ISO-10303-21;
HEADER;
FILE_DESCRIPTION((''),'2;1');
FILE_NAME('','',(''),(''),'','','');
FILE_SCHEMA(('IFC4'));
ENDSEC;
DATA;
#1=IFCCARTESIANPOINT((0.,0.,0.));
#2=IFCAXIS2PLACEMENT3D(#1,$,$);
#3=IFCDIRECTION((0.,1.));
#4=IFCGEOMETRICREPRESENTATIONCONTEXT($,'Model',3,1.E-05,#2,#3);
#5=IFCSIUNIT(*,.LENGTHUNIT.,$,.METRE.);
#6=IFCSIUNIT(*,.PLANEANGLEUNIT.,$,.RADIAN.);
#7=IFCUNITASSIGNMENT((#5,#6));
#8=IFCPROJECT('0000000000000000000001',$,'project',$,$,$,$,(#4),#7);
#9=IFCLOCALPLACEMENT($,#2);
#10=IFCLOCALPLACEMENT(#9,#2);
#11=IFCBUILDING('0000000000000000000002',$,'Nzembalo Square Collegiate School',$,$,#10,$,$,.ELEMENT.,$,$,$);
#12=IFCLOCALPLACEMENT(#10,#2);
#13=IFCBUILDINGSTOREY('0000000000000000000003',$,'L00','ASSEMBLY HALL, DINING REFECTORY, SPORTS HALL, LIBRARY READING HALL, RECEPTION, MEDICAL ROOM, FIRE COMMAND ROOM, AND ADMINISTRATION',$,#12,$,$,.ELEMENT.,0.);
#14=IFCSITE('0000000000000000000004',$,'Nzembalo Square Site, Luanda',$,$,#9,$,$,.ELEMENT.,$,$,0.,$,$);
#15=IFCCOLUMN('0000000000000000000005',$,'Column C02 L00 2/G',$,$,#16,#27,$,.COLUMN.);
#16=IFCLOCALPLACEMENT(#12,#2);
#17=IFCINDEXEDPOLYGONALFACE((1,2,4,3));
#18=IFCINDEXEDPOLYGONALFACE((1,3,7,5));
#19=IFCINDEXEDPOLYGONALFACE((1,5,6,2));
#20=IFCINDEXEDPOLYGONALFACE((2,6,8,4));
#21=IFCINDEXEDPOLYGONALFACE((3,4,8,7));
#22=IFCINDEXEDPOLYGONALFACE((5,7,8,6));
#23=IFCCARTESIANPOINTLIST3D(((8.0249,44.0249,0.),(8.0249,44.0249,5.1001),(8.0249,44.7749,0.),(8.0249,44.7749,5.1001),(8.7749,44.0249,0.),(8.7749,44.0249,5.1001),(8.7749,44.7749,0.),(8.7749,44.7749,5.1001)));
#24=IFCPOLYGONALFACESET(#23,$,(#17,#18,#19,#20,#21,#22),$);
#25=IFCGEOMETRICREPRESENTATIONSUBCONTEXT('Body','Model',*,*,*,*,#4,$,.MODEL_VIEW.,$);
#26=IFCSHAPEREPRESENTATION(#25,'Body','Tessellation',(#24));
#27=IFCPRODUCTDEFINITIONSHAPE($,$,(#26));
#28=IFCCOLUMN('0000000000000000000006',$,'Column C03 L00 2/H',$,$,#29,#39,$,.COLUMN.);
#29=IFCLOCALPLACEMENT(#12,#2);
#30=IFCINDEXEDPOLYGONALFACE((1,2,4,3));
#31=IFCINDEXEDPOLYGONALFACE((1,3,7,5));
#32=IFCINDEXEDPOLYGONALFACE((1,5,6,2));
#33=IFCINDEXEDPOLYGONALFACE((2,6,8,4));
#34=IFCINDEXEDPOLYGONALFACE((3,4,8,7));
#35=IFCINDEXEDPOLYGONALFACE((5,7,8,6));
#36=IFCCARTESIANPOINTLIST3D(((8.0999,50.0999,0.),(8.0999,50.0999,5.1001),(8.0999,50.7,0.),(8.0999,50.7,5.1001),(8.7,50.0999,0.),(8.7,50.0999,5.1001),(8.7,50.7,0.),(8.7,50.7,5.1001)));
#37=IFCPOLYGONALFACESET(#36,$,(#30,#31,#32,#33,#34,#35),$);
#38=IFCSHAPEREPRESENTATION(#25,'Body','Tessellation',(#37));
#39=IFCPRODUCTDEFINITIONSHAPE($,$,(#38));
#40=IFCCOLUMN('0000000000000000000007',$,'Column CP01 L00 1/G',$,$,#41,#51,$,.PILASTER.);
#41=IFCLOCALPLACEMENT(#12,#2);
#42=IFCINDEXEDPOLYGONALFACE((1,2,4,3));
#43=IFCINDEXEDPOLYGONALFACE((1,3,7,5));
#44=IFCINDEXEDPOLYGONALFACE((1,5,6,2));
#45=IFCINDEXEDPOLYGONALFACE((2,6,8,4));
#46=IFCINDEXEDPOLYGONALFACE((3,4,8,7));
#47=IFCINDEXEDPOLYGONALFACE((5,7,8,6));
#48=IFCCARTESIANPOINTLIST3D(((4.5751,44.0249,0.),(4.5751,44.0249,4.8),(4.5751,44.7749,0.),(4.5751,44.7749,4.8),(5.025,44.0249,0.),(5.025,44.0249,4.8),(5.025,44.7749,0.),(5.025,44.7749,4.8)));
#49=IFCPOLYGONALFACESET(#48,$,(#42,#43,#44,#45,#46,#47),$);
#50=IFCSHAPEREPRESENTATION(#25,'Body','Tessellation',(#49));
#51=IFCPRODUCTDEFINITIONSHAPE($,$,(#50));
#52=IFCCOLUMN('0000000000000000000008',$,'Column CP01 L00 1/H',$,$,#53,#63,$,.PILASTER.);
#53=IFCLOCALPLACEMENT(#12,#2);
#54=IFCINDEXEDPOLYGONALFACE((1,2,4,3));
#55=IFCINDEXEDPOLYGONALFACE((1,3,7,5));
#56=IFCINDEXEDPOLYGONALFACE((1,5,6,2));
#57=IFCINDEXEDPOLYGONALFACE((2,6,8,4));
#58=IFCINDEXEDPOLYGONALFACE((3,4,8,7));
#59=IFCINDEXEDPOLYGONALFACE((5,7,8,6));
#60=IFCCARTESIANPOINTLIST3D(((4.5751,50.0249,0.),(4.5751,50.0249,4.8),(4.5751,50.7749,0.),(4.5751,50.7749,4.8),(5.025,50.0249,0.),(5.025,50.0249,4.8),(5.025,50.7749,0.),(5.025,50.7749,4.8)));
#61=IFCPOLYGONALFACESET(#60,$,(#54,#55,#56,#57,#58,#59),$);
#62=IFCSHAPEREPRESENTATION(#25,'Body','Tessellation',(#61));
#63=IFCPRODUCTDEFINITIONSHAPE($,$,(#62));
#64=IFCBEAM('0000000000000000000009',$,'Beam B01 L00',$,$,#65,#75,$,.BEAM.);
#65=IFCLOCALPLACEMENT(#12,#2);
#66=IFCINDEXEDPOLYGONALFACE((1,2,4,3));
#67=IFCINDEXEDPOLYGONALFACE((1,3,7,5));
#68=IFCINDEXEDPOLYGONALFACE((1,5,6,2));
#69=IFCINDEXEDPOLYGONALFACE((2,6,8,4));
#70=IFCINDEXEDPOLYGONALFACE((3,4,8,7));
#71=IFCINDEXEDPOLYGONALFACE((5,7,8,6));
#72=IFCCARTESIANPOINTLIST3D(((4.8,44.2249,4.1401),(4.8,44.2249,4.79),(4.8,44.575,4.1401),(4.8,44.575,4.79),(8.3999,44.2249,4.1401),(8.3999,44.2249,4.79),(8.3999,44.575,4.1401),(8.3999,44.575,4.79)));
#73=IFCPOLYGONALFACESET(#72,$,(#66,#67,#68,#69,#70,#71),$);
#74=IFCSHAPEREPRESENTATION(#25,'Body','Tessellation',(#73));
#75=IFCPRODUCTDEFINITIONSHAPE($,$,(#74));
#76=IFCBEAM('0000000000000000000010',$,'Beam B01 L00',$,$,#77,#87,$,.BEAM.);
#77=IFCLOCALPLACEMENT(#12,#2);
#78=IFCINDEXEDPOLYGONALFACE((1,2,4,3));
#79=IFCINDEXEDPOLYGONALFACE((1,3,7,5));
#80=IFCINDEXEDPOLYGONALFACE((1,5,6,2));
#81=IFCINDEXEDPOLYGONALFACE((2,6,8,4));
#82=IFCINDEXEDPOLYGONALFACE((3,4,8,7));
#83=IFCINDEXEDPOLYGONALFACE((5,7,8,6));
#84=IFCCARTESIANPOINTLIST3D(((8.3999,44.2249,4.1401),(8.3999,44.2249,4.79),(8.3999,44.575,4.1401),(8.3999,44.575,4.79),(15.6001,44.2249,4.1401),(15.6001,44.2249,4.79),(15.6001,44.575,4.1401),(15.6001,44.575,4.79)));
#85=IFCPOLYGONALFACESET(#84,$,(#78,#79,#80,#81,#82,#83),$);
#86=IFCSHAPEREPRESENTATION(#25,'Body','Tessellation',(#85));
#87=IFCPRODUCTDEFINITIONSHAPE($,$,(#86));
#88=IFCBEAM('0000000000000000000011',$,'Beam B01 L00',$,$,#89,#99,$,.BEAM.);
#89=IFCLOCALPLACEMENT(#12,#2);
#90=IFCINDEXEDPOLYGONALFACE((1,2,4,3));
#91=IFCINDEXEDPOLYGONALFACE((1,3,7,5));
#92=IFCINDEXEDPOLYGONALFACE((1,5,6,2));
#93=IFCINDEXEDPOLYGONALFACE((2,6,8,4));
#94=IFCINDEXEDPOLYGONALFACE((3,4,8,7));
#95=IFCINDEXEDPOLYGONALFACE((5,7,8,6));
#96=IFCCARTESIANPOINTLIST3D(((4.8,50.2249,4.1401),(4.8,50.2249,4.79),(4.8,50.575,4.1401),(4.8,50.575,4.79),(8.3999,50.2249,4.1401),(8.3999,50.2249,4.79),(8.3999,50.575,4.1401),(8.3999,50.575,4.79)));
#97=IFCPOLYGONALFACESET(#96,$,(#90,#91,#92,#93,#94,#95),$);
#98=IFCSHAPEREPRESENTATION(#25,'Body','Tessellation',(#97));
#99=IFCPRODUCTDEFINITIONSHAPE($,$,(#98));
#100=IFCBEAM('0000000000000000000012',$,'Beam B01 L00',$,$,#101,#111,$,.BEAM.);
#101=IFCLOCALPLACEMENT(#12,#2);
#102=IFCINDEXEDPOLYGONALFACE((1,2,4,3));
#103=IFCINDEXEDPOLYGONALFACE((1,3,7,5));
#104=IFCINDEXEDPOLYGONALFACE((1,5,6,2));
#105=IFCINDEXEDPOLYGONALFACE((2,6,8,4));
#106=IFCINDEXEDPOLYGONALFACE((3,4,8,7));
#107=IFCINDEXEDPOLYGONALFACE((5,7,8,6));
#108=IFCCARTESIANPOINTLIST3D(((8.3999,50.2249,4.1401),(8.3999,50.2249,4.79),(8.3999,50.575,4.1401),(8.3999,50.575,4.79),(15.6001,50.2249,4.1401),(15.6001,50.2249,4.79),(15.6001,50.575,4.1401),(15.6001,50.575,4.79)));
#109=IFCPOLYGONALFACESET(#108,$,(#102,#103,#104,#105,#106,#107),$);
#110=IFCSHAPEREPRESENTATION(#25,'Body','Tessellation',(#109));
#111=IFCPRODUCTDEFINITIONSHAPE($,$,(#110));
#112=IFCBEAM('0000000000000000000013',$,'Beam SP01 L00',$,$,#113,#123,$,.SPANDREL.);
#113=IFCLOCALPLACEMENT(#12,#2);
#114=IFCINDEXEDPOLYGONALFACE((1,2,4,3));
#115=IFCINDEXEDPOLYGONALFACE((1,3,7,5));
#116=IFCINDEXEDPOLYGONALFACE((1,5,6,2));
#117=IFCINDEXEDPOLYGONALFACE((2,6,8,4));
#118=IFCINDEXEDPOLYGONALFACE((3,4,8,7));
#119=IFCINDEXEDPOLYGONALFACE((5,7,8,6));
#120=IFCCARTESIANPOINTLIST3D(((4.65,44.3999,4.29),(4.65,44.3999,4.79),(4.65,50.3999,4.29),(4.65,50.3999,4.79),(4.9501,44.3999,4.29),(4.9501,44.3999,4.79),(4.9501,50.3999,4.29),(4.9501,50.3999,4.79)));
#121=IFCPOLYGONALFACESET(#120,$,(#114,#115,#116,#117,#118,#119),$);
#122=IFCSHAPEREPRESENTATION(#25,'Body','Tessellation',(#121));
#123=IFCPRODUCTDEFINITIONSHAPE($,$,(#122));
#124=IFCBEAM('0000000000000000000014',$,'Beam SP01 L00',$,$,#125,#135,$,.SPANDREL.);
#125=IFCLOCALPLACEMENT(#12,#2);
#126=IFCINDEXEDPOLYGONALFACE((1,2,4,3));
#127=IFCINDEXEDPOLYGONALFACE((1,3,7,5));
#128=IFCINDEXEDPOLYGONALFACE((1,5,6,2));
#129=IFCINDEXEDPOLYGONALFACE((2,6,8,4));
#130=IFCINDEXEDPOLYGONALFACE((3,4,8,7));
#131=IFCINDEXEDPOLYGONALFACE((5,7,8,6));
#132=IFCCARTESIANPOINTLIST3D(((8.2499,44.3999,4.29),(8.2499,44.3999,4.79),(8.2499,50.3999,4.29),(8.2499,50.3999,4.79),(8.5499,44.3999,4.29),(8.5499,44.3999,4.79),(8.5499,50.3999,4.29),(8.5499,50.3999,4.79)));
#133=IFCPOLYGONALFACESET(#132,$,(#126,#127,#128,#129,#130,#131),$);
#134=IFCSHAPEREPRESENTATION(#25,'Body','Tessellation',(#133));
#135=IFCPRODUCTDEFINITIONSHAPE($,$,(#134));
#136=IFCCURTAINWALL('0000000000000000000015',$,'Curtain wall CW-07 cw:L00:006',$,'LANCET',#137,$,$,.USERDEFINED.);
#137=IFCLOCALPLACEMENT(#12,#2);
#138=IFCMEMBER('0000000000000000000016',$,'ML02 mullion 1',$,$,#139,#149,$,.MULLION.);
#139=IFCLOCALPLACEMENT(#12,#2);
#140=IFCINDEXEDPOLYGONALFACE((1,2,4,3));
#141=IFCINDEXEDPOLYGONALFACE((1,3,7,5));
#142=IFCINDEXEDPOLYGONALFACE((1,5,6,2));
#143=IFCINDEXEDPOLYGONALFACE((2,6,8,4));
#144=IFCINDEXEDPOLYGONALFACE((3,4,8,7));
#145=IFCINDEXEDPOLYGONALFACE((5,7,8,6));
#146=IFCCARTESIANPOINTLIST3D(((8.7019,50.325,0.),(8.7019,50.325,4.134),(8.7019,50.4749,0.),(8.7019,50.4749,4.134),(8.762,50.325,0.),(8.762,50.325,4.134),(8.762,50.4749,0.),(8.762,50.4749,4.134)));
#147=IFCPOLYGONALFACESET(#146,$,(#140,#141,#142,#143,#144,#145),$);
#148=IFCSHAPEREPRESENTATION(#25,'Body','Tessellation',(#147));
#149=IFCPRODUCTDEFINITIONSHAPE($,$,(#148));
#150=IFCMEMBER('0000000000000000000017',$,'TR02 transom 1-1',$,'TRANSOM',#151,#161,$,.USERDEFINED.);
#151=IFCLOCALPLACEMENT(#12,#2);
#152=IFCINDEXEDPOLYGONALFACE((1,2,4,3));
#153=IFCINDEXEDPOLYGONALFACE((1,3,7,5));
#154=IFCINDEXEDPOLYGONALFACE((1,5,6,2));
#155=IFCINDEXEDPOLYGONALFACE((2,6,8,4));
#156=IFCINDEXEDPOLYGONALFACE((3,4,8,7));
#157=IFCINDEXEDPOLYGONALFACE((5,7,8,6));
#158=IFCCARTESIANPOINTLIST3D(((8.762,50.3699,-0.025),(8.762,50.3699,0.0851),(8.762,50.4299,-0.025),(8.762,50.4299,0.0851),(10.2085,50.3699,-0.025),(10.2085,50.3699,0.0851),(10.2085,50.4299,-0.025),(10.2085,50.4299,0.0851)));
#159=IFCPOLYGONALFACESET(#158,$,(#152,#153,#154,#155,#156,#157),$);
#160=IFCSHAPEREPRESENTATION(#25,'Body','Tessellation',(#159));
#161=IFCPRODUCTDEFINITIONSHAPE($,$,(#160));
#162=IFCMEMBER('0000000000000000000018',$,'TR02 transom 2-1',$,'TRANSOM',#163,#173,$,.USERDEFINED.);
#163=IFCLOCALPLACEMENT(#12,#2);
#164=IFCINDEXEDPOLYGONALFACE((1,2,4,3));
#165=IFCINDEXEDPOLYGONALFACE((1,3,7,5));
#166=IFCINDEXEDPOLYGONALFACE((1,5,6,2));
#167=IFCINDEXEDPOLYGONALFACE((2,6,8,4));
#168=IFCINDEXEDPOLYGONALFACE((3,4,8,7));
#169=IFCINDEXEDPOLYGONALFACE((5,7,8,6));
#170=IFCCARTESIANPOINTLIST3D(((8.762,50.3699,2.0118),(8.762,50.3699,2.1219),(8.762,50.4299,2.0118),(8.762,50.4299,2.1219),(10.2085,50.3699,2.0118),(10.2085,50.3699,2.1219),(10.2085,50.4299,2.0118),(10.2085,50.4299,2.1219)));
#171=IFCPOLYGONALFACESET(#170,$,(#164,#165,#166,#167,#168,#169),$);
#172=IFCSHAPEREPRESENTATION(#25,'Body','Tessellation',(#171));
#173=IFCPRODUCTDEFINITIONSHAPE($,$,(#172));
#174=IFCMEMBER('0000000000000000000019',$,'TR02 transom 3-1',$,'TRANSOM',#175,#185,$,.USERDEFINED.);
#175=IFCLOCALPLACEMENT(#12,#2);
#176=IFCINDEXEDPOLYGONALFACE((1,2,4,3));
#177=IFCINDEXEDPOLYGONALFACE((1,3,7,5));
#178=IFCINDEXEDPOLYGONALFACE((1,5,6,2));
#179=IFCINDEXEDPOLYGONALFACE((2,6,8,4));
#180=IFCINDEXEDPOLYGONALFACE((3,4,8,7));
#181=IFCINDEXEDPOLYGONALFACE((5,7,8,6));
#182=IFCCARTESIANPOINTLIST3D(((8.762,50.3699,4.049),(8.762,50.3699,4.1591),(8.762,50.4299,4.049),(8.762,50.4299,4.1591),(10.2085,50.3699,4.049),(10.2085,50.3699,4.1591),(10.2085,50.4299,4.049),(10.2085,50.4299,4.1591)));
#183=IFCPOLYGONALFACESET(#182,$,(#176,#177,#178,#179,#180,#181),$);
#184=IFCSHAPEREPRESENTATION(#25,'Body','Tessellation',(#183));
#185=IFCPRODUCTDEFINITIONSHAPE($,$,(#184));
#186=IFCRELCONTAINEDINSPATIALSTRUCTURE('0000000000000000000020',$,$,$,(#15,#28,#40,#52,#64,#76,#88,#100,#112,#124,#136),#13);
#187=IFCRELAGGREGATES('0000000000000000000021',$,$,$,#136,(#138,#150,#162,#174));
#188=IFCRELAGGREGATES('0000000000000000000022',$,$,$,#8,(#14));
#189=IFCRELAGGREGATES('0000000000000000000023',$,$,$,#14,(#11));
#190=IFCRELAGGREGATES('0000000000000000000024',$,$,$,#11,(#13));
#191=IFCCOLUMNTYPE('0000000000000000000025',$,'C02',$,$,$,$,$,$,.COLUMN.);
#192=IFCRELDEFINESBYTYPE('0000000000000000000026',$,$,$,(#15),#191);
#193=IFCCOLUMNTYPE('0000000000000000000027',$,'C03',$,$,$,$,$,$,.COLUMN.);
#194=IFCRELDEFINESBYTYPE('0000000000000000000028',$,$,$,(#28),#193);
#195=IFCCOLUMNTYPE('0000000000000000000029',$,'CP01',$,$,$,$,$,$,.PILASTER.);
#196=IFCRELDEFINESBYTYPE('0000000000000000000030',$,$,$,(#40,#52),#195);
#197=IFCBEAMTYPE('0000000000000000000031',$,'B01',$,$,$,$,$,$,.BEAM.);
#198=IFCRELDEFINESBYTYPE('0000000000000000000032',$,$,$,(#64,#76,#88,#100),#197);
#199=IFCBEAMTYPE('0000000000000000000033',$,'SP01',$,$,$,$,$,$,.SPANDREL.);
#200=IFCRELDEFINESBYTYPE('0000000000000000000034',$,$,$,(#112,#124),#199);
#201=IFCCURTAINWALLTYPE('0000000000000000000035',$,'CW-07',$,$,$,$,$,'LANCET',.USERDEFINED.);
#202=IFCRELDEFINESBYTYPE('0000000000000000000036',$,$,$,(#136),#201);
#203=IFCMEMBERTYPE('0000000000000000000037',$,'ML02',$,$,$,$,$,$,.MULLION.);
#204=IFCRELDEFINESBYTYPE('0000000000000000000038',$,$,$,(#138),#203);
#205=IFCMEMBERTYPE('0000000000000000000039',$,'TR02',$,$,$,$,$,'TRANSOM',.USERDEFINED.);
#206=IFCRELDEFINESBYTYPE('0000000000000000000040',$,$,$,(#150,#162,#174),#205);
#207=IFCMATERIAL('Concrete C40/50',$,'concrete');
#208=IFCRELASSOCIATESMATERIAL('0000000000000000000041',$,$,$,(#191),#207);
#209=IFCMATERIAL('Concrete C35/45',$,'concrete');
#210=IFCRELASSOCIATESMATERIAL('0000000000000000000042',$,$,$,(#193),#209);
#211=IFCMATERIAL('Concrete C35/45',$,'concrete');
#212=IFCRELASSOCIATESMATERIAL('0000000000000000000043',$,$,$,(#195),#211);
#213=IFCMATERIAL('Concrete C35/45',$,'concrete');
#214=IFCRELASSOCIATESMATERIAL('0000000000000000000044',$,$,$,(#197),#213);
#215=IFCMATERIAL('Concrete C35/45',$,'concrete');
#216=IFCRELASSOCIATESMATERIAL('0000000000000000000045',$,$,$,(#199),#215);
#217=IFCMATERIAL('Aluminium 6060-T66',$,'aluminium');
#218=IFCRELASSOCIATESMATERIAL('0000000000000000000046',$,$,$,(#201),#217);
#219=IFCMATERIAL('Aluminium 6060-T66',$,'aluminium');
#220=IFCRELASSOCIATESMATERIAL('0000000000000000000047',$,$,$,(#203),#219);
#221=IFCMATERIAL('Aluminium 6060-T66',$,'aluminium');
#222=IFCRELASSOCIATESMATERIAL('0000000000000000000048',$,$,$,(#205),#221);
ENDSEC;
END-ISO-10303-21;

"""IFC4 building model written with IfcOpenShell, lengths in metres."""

from ifc_helpers import new_model, si_unit, direction, frame, origin, origin_2d, place, context, subcontext, project, spatial, rectangle, extrude, material, material_profile, profile_set, type_object, element, aggregate, save


model = new_model("IFC4")

# Units and contexts
model_context = context("Model", 3, precision=1e-05, world=origin(), true_north=direction((0.0, 1.0)))
body_context = subcontext(model_context, "Body", "Model", "MODEL_VIEW")
ifc_project = project(units=[si_unit("LENGTHUNIT", "METRE"), si_unit("PLANEANGLEUNIT", "RADIAN")], contexts=[model_context])

# Site, building, storey
site_placement = place(None, origin())
site = spatial("IfcSite", under=ifc_project, at=site_placement, Name="Nzembalo Square Site, Luanda", CompositionType="ELEMENT", RefElevation=0.0)
building_placement = place(site_placement, origin())
building = spatial("IfcBuilding", under=site, at=building_placement, Name="Nzembalo Square Collegiate School", CompositionType="ELEMENT")
storey_placement = place(building_placement, origin())
storey = spatial("IfcBuildingStorey", under=building, at=storey_placement, Name="L00", Description="ASSEMBLY HALL, DINING REFECTORY, SPORTS HALL, LIBRARY READING HALL, RECEPTION, MEDICAL ROOM, FIRE COMMAND ROOM, AND ADMINISTRATION", CompositionType="ELEMENT", Elevation=0.0)

# Columns
ifc_material_1 = material(Name="Concrete C40/50", Category="concrete")
ifc_material_profile_1 = material_profile(ifc_material_1, rectangle(XDim=0.75, YDim=0.75, at=origin_2d()), Name="RC 750x750")
ifc_profile_set_1 = profile_set([ifc_material_profile_1], Name="Concrete C40/50")
column_type_1 = type_object("IfcColumnType", Name="C02", PredefinedType="COLUMN", material=ifc_profile_set_1)
column_1_placement = place(storey_placement, frame((8.3999, 44.3999, 0.0), z_axis=(0.0, 0.0, 1.0), x_axis=(1.0, 0.0, 0.0)))
element("IfcColumn", 1, at=column_1_placement, inside=storey, type_object=column_type_1, Name="Column C02 L00 2/G", PredefinedType="COLUMN", context=body_context, shape_type="SweptSolid", body=[
    extrude(rectangle(XDim=0.75, YDim=0.75, at=origin_2d()), origin(), (0.0, 0.0, 1.0), 5.1001),
])
ifc_material_2 = material(Name="Concrete C35/45", Category="concrete")
ifc_material_profile_2 = material_profile(ifc_material_2, rectangle(XDim=0.6001, YDim=0.6001, at=origin_2d()), Name="RC 600x600")
ifc_profile_set_2 = profile_set([ifc_material_profile_2], Name="Concrete C35/45")
column_type_2 = type_object("IfcColumnType", Name="C03", PredefinedType="COLUMN", material=ifc_profile_set_2)
column_2_placement = place(storey_placement, frame((8.3999, 50.3999, 0.0), z_axis=(0.0, 0.0, 1.0), x_axis=(1.0, 0.0, 0.0)))
element("IfcColumn", 2, at=column_2_placement, inside=storey, type_object=column_type_2, Name="Column C03 L00 2/H", PredefinedType="COLUMN", context=body_context, shape_type="SweptSolid", body=[
    extrude(rectangle(XDim=0.6001, YDim=0.6001, at=origin_2d()), origin(), (0.0, 0.0, 1.0), 5.1001),
])
ifc_material_3 = material(Name="Concrete C35/45", Category="concrete")
ifc_material_profile_3 = material_profile(ifc_material_3, rectangle(XDim=0.45, YDim=0.75, at=origin_2d()), Name="RC 450x750")
ifc_profile_set_3 = profile_set([ifc_material_profile_3], Name="Concrete C35/45")
column_type_3 = type_object("IfcColumnType", Name="CP01", PredefinedType="PILASTER", material=ifc_profile_set_3)
for number, where, z_axis, x_axis, name in (
    (3, (4.8, 44.3999, 0.0), (0.0, 0.0, 1.0), (1.0, 0.0, 0.0), "Column CP01 L00 1/G"),
    (4, (4.8, 50.3999, 0.0), (0.0, 0.0, 1.0), (1.0, 0.0, 0.0), "Column CP01 L00 1/H"),
):
    element("IfcColumn", number, at=place(storey_placement, frame(where, z_axis=z_axis, x_axis=x_axis)), inside=storey, type_object=column_type_3, Name=name, PredefinedType="PILASTER", context=body_context, shape_type="SweptSolid", body=[
        extrude(rectangle(XDim=0.45, YDim=0.75, at=origin_2d()), origin(), (0.0, 0.0, 1.0), 4.8),
    ])

# Beams
ifc_material_4 = material(Name="Concrete C35/45", Category="concrete")
ifc_material_profile_4 = material_profile(ifc_material_4, rectangle(XDim=0.3501, YDim=0.6499, at=origin_2d()), Name="RC 350x650")
ifc_profile_set_4 = profile_set([ifc_material_profile_4], Name="Concrete C35/45")
beam_type_1 = type_object("IfcBeamType", Name="B01", PredefinedType="BEAM", material=ifc_profile_set_4)
beam_1_placement = place(storey_placement, frame((4.8, 44.3999, 4.4651), z_axis=(1.0, 0.0, 0.0), x_axis=(0.0, 1.0, 0.0)))
element("IfcBeam", 5, at=beam_1_placement, inside=storey, type_object=beam_type_1, Name="Beam B01 L00", PredefinedType="BEAM", context=body_context, shape_type="SweptSolid", body=[
    extrude(rectangle(XDim=0.3501, YDim=0.6499, at=origin_2d()), origin(), (0.0, 0.0, 1.0), 3.5999),
])
beam_2_placement = place(storey_placement, frame((8.3999, 44.3999, 4.4651), z_axis=(1.0, 0.0, 0.0), x_axis=(0.0, 1.0, 0.0)))
element("IfcBeam", 6, at=beam_2_placement, inside=storey, type_object=beam_type_1, Name="Beam B01 L00", PredefinedType="BEAM", context=body_context, shape_type="SweptSolid", body=[
    extrude(rectangle(XDim=0.3501, YDim=0.6499, at=origin_2d()), origin(), (0.0, 0.0, 1.0), 7.2002),
])
beam_3_placement = place(storey_placement, frame((4.8, 50.3999, 4.4651), z_axis=(1.0, 0.0, 0.0), x_axis=(0.0, 1.0, 0.0)))
element("IfcBeam", 7, at=beam_3_placement, inside=storey, type_object=beam_type_1, Name="Beam B01 L00", PredefinedType="BEAM", context=body_context, shape_type="SweptSolid", body=[
    extrude(rectangle(XDim=0.3501, YDim=0.6499, at=origin_2d()), origin(), (0.0, 0.0, 1.0), 3.5999),
])
beam_4_placement = place(storey_placement, frame((8.3999, 50.3999, 4.4651), z_axis=(1.0, 0.0, 0.0), x_axis=(0.0, 1.0, 0.0)))
element("IfcBeam", 8, at=beam_4_placement, inside=storey, type_object=beam_type_1, Name="Beam B01 L00", PredefinedType="BEAM", context=body_context, shape_type="SweptSolid", body=[
    extrude(rectangle(XDim=0.3501, YDim=0.6499, at=origin_2d()), origin(), (0.0, 0.0, 1.0), 7.2002),
])
ifc_material_5 = material(Name="Concrete C35/45", Category="concrete")
ifc_material_profile_5 = material_profile(ifc_material_5, rectangle(XDim=0.3, YDim=0.5, at=origin_2d()), Name="RC 300x500")
ifc_profile_set_5 = profile_set([ifc_material_profile_5], Name="Concrete C35/45")
beam_type_2 = type_object("IfcBeamType", Name="SP01", PredefinedType="SPANDREL", material=ifc_profile_set_5)
for number, where, z_axis, x_axis, name in (
    (9, (4.8, 44.3999, 4.54), (0.0, 1.0, 0.0), (-1.0, 0.0, 0.0), "Beam SP01 L00"),
    (10, (8.3999, 44.3999, 4.54), (0.0, 1.0, 0.0), (-1.0, 0.0, 0.0), "Beam SP01 L00"),
):
    element("IfcBeam", number, at=place(storey_placement, frame(where, z_axis=z_axis, x_axis=x_axis)), inside=storey, type_object=beam_type_2, Name=name, PredefinedType="SPANDREL", context=body_context, shape_type="SweptSolid", body=[
        extrude(rectangle(XDim=0.3, YDim=0.5, at=origin_2d()), origin(), (0.0, 0.0, 1.0), 6.0),
    ])

# Curtain wall, members
ifc_material_6 = material(Name="Aluminium 6060-T66", Category="aluminium")
curtain_wall_type = type_object("IfcCurtainWallType", Name="CW-07", ElementType="LANCET", PredefinedType="USERDEFINED", material=ifc_material_6)
curtain_wall_placement = place(storey_placement, origin())
curtain_wall = element("IfcCurtainWall", 11, at=curtain_wall_placement, inside=storey, type_object=curtain_wall_type, Name="Curtain wall CW-07 cw:L00:006", ObjectType="LANCET", PredefinedType="USERDEFINED")
ifc_material_7 = material(Name="Aluminium 6060-T66", Category="aluminium")
ifc_material_profile_6 = material_profile(ifc_material_7, rectangle(XDim=0.0601, YDim=0.1499, at=origin_2d()), Name="ALU M60x150")
ifc_profile_set_6 = profile_set([ifc_material_profile_6], Name="Aluminium 6060-T66")
member_type_1 = type_object("IfcMemberType", Name="ML02", PredefinedType="MULLION", material=ifc_profile_set_6)
member_1_placement = place(storey_placement, frame((8.7319, 50.3999, 0.0), z_axis=(0.0, 0.0, 1.0), x_axis=(1.0, 0.0, 0.0)))
member_1 = element("IfcMember", 12, at=member_1_placement, type_object=member_type_1, Name="ML02 mullion 1", PredefinedType="MULLION", context=body_context, shape_type="SweptSolid", body=[
    extrude(rectangle(XDim=0.0601, YDim=0.1499, at=origin_2d()), origin(), (0.0, 0.0, 1.0), 4.134),
])
ifc_material_8 = material(Name="Aluminium 6060-T66", Category="aluminium")
ifc_material_profile_7 = material_profile(ifc_material_8, rectangle(XDim=0.0601, YDim=0.1101, at=origin_2d()), Name="ALU T60x110")
ifc_profile_set_7 = profile_set([ifc_material_profile_7], Name="Aluminium 6060-T66")
member_type_2 = type_object("IfcMemberType", Name="TR02", ElementType="TRANSOM", PredefinedType="USERDEFINED", material=ifc_profile_set_7)
member_2_placement = place(storey_placement, frame((8.762, 50.3999, 0.03), z_axis=(1.0, 0.0, 0.0), x_axis=(0.0, 1.0, 0.0)))
member_2 = element("IfcMember", 13, at=member_2_placement, type_object=member_type_2, Name="TR02 transom 1-1", ObjectType="TRANSOM", PredefinedType="USERDEFINED", context=body_context, shape_type="SweptSolid", body=[
    extrude(rectangle(XDim=0.0601, YDim=0.1101, at=origin_2d()), origin(), (0.0, 0.0, 1.0), 1.4465),
])
member_3_placement = place(storey_placement, frame((8.762, 50.3999, 2.0669), z_axis=(1.0, 0.0, 0.0), x_axis=(0.0, 1.0, 0.0)))
member_3 = element("IfcMember", 14, at=member_3_placement, type_object=member_type_2, Name="TR02 transom 2-1", ObjectType="TRANSOM", PredefinedType="USERDEFINED", context=body_context, shape_type="SweptSolid", body=[
    extrude(rectangle(XDim=0.0601, YDim=0.1101, at=origin_2d()), origin(), (0.0, 0.0, 1.0), 1.4465),
])
member_4_placement = place(storey_placement, frame((8.762, 50.3999, 4.104), z_axis=(1.0, 0.0, 0.0), x_axis=(0.0, 1.0, 0.0)))
member_4 = element("IfcMember", 15, at=member_4_placement, type_object=member_type_2, Name="TR02 transom 3-1", ObjectType="TRANSOM", PredefinedType="USERDEFINED", context=body_context, shape_type="SweptSolid", body=[
    extrude(rectangle(XDim=0.0601, YDim=0.1101, at=origin_2d()), origin(), (0.0, 0.0, 1.0), 1.4465),
])
aggregate(curtain_wall, [member_1, member_2, member_3, member_4])

save(model, "model.ifc")
